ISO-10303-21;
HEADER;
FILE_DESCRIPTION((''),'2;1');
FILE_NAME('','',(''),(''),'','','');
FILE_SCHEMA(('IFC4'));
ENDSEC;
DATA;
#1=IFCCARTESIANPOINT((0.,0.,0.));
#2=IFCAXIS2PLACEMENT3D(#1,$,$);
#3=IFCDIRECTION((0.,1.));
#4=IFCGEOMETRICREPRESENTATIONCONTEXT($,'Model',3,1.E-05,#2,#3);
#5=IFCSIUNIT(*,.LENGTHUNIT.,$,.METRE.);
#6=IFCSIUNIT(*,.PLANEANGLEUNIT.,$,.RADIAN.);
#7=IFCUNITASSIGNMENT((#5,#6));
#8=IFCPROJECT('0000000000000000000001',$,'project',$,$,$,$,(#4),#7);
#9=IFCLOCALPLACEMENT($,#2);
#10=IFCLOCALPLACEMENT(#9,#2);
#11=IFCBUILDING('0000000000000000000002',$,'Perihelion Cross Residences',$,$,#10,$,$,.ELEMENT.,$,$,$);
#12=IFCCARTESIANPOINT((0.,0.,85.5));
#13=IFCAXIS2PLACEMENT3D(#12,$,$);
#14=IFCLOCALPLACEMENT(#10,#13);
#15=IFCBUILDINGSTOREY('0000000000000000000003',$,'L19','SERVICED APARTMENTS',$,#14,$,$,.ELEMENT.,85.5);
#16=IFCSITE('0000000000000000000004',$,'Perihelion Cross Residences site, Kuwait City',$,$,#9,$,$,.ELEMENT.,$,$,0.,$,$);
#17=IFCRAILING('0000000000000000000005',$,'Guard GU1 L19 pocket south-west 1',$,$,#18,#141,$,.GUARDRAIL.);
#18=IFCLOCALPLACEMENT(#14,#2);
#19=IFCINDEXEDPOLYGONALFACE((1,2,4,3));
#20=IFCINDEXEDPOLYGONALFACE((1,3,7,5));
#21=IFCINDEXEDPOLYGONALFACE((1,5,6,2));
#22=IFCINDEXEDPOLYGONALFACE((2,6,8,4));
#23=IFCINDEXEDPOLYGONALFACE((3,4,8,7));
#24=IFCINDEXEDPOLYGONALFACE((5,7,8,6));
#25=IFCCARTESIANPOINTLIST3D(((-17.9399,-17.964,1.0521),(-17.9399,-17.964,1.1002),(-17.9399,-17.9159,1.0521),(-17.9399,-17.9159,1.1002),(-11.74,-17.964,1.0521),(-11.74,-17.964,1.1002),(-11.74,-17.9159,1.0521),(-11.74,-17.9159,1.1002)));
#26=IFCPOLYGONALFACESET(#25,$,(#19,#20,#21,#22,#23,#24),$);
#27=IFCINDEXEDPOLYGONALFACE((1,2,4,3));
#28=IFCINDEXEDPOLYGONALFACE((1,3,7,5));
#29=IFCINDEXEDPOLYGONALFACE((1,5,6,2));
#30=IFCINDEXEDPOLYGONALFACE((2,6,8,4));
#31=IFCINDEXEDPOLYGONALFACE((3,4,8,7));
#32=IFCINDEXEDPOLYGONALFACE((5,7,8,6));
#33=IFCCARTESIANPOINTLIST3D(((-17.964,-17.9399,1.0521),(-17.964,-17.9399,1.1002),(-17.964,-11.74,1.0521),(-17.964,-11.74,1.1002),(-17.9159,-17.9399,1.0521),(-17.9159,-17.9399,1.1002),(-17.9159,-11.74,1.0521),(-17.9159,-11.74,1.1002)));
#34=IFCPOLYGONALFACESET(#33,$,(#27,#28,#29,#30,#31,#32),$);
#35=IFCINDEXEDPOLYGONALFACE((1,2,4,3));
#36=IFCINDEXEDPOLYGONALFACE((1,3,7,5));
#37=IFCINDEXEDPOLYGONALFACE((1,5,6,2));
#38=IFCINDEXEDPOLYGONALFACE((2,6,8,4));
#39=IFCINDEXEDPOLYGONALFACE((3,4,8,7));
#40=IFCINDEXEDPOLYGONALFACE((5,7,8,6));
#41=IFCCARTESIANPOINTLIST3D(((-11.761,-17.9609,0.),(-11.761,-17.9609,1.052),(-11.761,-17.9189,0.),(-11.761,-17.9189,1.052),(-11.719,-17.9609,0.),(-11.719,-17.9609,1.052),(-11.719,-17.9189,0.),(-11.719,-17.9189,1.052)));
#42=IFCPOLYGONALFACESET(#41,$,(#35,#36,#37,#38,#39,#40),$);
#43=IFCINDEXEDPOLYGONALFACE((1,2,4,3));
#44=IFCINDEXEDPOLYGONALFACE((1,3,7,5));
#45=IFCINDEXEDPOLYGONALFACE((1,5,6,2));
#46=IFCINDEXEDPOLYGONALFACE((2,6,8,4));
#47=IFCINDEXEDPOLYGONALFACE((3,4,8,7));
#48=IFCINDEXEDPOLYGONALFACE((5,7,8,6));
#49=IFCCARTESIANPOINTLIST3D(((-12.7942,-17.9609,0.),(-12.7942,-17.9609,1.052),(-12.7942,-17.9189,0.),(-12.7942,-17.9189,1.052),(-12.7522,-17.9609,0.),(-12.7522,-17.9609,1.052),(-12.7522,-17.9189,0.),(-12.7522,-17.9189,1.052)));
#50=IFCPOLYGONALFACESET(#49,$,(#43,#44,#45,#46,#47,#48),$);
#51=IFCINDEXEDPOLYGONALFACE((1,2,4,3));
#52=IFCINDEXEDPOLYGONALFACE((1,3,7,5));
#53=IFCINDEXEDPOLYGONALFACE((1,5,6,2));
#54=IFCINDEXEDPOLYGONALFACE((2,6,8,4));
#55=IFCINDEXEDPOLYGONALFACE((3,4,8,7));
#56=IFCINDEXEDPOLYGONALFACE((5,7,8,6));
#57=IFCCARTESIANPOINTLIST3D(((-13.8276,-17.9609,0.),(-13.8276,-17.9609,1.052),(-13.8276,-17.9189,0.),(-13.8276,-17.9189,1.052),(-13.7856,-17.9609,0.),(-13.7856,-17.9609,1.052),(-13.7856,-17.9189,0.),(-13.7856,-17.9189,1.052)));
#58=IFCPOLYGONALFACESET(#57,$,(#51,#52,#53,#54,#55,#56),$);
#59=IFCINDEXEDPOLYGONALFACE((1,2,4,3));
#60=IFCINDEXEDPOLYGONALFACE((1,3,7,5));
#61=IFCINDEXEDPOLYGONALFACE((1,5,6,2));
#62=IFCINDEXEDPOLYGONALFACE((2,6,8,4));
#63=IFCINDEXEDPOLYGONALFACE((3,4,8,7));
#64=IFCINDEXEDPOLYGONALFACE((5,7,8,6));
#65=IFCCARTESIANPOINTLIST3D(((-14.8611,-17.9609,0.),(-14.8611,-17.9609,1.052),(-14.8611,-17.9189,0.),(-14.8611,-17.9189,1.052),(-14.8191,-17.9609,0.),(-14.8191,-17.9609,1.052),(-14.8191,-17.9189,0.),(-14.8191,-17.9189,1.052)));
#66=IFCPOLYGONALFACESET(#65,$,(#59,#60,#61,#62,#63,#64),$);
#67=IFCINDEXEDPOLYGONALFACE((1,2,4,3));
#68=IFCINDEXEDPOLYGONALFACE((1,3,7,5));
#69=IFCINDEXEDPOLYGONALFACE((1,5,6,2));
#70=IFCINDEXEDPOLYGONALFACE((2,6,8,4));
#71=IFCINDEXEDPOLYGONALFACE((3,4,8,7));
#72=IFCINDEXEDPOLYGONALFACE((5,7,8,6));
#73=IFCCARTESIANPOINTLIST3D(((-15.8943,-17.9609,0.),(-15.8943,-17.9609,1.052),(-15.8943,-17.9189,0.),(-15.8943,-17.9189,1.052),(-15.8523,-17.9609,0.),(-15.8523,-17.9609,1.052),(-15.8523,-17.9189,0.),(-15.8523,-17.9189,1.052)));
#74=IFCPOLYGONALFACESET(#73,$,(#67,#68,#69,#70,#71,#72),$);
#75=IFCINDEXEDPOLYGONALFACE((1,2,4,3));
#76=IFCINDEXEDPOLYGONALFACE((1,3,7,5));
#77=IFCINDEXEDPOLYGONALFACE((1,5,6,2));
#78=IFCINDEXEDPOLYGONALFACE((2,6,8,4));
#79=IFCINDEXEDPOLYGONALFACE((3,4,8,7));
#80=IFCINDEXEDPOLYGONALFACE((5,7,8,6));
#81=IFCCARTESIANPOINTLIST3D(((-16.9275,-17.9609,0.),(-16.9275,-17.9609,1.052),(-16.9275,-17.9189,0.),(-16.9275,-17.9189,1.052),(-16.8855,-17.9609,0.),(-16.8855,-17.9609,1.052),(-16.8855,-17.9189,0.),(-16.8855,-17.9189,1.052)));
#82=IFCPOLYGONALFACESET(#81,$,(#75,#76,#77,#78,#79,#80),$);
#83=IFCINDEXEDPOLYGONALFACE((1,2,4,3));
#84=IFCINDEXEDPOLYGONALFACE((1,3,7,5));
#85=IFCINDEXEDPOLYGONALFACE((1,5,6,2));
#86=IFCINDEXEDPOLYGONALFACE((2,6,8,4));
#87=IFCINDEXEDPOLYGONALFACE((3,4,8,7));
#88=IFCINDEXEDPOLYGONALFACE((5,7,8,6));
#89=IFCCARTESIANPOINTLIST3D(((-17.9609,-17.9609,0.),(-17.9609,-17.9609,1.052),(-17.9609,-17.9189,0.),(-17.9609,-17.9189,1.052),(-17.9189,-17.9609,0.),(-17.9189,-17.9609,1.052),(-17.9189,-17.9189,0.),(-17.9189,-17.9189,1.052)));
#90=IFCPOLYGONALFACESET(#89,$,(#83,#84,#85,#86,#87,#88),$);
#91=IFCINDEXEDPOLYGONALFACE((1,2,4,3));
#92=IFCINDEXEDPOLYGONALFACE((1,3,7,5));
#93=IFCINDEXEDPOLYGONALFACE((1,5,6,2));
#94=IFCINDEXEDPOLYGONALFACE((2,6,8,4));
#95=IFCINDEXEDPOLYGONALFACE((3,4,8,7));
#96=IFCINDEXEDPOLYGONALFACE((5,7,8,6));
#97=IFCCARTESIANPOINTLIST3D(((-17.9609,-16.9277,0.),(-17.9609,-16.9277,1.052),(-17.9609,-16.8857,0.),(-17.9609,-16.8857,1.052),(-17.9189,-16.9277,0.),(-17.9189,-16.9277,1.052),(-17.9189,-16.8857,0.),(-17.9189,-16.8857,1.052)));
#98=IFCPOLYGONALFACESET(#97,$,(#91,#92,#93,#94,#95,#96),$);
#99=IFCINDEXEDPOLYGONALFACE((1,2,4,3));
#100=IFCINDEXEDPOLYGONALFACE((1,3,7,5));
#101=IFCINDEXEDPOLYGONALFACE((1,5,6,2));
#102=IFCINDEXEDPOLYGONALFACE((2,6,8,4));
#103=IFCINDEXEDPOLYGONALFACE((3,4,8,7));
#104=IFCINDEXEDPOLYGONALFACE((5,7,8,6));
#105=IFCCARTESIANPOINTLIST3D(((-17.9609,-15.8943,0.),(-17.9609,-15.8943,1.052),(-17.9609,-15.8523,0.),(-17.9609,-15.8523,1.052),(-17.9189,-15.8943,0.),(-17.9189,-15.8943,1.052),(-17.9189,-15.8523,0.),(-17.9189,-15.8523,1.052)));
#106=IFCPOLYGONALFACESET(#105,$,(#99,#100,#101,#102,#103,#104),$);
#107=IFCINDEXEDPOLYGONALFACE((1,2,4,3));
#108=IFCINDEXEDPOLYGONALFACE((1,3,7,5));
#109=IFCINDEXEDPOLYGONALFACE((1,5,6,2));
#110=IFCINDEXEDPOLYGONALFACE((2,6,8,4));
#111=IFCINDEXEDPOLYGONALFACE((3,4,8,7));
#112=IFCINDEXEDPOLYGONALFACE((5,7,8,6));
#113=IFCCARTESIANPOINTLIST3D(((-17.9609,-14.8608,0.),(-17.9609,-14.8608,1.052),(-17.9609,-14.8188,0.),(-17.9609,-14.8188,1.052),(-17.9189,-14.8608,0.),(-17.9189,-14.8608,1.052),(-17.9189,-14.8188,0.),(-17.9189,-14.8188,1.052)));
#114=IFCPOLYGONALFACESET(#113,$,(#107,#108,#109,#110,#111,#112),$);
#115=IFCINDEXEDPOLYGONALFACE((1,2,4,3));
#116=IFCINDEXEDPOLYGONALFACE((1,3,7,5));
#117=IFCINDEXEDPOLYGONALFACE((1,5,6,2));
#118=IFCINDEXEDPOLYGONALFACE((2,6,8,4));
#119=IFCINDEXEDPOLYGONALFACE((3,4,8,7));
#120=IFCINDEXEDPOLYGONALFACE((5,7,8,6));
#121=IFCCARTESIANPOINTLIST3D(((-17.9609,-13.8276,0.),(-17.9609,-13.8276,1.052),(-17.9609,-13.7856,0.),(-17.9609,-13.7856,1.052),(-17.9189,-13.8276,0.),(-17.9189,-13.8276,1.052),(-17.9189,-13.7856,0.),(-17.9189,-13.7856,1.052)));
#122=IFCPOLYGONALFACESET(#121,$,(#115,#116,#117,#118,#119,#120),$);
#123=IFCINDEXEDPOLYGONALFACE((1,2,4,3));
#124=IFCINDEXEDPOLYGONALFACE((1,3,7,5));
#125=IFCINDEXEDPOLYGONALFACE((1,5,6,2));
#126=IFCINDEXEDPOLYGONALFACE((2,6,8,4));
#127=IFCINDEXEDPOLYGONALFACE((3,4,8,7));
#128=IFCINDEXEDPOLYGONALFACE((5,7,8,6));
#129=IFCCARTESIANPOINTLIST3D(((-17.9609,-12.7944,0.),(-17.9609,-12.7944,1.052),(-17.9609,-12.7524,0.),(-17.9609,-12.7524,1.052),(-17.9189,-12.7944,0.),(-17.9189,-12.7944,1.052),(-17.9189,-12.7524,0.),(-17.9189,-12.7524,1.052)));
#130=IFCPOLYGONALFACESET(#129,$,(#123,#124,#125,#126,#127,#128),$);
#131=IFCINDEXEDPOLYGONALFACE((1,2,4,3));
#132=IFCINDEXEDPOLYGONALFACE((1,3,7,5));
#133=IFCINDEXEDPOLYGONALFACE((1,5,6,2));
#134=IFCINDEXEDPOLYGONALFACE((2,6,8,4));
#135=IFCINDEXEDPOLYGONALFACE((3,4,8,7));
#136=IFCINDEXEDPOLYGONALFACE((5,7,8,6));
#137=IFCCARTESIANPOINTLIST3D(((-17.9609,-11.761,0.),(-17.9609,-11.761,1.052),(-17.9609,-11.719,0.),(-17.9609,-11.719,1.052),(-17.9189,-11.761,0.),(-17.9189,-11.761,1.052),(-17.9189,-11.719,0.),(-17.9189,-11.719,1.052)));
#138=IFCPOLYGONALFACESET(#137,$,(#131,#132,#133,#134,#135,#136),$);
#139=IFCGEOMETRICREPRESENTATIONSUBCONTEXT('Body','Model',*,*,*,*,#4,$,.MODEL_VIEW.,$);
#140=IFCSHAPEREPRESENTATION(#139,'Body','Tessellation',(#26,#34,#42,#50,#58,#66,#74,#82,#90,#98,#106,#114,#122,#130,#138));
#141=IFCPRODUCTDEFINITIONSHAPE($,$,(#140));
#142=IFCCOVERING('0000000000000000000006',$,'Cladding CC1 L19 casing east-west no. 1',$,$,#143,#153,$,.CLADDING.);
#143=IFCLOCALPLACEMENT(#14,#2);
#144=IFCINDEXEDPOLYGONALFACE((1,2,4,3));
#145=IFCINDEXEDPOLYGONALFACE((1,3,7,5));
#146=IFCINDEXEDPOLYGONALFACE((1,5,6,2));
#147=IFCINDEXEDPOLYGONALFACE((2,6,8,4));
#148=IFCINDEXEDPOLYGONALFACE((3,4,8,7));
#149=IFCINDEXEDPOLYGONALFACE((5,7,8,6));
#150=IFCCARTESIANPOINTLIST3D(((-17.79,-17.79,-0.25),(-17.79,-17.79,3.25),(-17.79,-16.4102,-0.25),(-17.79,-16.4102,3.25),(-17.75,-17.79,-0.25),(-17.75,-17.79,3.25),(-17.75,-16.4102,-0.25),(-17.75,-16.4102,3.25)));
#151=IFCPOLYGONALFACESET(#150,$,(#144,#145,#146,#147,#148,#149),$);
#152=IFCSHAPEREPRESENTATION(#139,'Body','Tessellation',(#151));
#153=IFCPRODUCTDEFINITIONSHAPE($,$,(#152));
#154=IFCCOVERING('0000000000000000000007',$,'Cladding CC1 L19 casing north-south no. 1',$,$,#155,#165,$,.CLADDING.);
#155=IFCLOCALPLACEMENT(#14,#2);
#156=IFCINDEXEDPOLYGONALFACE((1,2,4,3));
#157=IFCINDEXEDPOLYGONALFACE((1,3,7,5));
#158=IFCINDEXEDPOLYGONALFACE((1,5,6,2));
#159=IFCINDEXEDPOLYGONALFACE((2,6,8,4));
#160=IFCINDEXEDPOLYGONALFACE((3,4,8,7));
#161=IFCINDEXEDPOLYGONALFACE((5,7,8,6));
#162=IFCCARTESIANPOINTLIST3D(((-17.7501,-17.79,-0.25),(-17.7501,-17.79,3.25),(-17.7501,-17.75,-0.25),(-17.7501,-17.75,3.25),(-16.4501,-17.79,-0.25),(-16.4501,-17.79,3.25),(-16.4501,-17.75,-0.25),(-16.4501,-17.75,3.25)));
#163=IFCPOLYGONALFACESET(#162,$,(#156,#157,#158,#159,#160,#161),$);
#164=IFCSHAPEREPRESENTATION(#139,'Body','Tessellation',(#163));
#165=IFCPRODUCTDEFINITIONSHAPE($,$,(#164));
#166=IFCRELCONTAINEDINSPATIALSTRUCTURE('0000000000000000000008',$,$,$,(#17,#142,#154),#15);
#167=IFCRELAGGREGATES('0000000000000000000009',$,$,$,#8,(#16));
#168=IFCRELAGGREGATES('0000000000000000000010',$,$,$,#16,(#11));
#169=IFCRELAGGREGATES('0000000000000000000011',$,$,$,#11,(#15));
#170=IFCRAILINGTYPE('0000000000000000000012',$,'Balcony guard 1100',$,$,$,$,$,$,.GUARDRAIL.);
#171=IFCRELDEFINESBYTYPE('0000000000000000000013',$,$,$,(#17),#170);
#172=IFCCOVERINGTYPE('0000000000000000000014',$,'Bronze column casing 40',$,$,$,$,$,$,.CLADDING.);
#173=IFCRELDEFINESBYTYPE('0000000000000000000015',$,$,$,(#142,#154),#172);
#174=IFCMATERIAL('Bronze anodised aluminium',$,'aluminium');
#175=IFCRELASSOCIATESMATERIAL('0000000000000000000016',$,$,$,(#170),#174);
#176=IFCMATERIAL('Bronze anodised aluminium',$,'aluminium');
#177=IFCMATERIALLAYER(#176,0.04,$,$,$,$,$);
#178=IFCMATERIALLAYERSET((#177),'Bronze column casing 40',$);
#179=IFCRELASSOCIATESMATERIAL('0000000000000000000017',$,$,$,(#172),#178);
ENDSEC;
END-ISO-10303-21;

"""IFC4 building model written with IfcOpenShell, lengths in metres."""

from ifc_helpers import new_model, si_unit, direction, frame, origin, origin_2d, place, context, subcontext, project, spatial, rectangle, extrude, material, layer, layer_set, type_object, element, save


model = new_model("IFC4")

# Units and contexts
model_context = context("Model", 3, precision=1e-05, world=origin(), true_north=direction((0.0, 1.0)))
body_context = subcontext(model_context, "Body", "Model", "MODEL_VIEW")
ifc_project = project(units=[si_unit("LENGTHUNIT", "METRE"), si_unit("PLANEANGLEUNIT", "RADIAN")], contexts=[model_context])

# Site, building, storey
site_placement = place(None, origin())
site = spatial("IfcSite", under=ifc_project, at=site_placement, Name="Perihelion Cross Residences site, Kuwait City", CompositionType="ELEMENT", RefElevation=0.0)
building_placement = place(site_placement, origin())
building = spatial("IfcBuilding", under=site, at=building_placement, Name="Perihelion Cross Residences", CompositionType="ELEMENT")
storey_placement = place(building_placement, frame((0.0, 0.0, 85.5)))
storey = spatial("IfcBuildingStorey", under=building, at=storey_placement, Name="L19", Description="SERVICED APARTMENTS", CompositionType="ELEMENT", Elevation=85.5)

# Railing
ifc_material_1 = material(Name="Bronze anodised aluminium", Category="aluminium")
railing_type = type_object("IfcRailingType", Name="Balcony guard 1100", PredefinedType="GUARDRAIL", material=ifc_material_1)
railing_1_placement = place(storey_placement, frame((-11.74, -17.9399, 0.0)))
element("IfcRailing", 1, at=railing_1_placement, inside=storey, type_object=railing_type, Name="Guard GU1 L19 pocket south-west 1", PredefinedType="GUARDRAIL", context=body_context, shape_type="SweptSolid", body=[
    extrude(rectangle(XDim=0.0481, YDim=0.0481, at=origin_2d()), frame((0.0, 0.0, 1.0762), z_axis=(-1.0, 0.0, 0.0), x_axis=(0.0, -1.0, 0.0)), (0.0, 0.0, 1.0), 6.2),
    extrude(rectangle(XDim=0.0481, YDim=0.0481, at=origin_2d()), frame((-6.2, 0.0, 1.0762), z_axis=(0.0, 1.0, 0.0), x_axis=(-1.0, 0.0, 0.0)), (0.0, 0.0, 1.0), 6.2),
    extrude(rectangle(XDim=0.042, YDim=0.042, at=origin_2d()), origin(), (0.0, 0.0, 1.0), 1.052),
    extrude(rectangle(XDim=0.042, YDim=0.042, at=origin_2d()), frame((-1.0332, 0.0, 0.0)), (0.0, 0.0, 1.0), 1.052),
    extrude(rectangle(XDim=0.042, YDim=0.042, at=origin_2d()), frame((-2.0667, 0.0, 0.0)), (0.0, 0.0, 1.0), 1.052),
    extrude(rectangle(XDim=0.042, YDim=0.042, at=origin_2d()), frame((-3.1001, 0.0, 0.0)), (0.0, 0.0, 1.0), 1.052),
    extrude(rectangle(XDim=0.042, YDim=0.042, at=origin_2d()), frame((-4.1333, 0.0, 0.0)), (0.0, 0.0, 1.0), 1.052),
    extrude(rectangle(XDim=0.042, YDim=0.042, at=origin_2d()), frame((-5.1665, 0.0, 0.0)), (0.0, 0.0, 1.0), 1.052),
    extrude(rectangle(XDim=0.042, YDim=0.042, at=origin_2d()), frame((-6.2, 0.0, 0.0)), (0.0, 0.0, 1.0), 1.052),
    extrude(rectangle(XDim=0.042, YDim=0.042, at=origin_2d()), frame((-6.2, 1.0332, 0.0)), (0.0, 0.0, 1.0), 1.052),
    extrude(rectangle(XDim=0.042, YDim=0.042, at=origin_2d()), frame((-6.2, 2.0667, 0.0)), (0.0, 0.0, 1.0), 1.052),
    extrude(rectangle(XDim=0.042, YDim=0.042, at=origin_2d()), frame((-6.2, 3.1001, 0.0)), (0.0, 0.0, 1.0), 1.052),
    extrude(rectangle(XDim=0.042, YDim=0.042, at=origin_2d()), frame((-6.2, 4.1333, 0.0)), (0.0, 0.0, 1.0), 1.052),
    extrude(rectangle(XDim=0.042, YDim=0.042, at=origin_2d()), frame((-6.2, 5.1665, 0.0)), (0.0, 0.0, 1.0), 1.052),
    extrude(rectangle(XDim=0.042, YDim=0.042, at=origin_2d()), frame((-6.2, 6.2, 0.0)), (0.0, 0.0, 1.0), 1.052),
])

# Coverings
ifc_material_2 = material(Name="Bronze anodised aluminium", Category="aluminium")
ifc_layer_1 = layer(ifc_material_2, 0.04)
ifc_layer_set_1 = layer_set([ifc_layer_1], Name="Bronze column casing 40")
covering_type = type_object("IfcCoveringType", Name="Bronze column casing 40", PredefinedType="CLADDING", material=ifc_layer_set_1)
covering_1_placement = place(storey_placement, frame((-17.77, -17.1001, -0.25), z_axis=(0.0, 0.0, 1.0), x_axis=(1.0, 0.0, 0.0)))
element("IfcCovering", 2, at=covering_1_placement, inside=storey, type_object=covering_type, Name="Cladding CC1 L19 casing east-west no. 1", PredefinedType="CLADDING", context=body_context, shape_type="SweptSolid", body=[
    extrude(rectangle(XDim=0.04, YDim=1.3799, at=origin_2d()), origin(), (0.0, 0.0, 1.0), 3.5),
])
covering_2_placement = place(storey_placement, frame((-17.1001, -17.77, -0.25), z_axis=(0.0, 0.0, 1.0), x_axis=(1.0, 0.0, 0.0)))
element("IfcCovering", 3, at=covering_2_placement, inside=storey, type_object=covering_type, Name="Cladding CC1 L19 casing north-south no. 1", PredefinedType="CLADDING", context=body_context, shape_type="SweptSolid", body=[
    extrude(rectangle(XDim=1.3, YDim=0.04, at=origin_2d()), origin(), (0.0, 0.0, 1.0), 3.5),
])

save(model, "model.ifc")
